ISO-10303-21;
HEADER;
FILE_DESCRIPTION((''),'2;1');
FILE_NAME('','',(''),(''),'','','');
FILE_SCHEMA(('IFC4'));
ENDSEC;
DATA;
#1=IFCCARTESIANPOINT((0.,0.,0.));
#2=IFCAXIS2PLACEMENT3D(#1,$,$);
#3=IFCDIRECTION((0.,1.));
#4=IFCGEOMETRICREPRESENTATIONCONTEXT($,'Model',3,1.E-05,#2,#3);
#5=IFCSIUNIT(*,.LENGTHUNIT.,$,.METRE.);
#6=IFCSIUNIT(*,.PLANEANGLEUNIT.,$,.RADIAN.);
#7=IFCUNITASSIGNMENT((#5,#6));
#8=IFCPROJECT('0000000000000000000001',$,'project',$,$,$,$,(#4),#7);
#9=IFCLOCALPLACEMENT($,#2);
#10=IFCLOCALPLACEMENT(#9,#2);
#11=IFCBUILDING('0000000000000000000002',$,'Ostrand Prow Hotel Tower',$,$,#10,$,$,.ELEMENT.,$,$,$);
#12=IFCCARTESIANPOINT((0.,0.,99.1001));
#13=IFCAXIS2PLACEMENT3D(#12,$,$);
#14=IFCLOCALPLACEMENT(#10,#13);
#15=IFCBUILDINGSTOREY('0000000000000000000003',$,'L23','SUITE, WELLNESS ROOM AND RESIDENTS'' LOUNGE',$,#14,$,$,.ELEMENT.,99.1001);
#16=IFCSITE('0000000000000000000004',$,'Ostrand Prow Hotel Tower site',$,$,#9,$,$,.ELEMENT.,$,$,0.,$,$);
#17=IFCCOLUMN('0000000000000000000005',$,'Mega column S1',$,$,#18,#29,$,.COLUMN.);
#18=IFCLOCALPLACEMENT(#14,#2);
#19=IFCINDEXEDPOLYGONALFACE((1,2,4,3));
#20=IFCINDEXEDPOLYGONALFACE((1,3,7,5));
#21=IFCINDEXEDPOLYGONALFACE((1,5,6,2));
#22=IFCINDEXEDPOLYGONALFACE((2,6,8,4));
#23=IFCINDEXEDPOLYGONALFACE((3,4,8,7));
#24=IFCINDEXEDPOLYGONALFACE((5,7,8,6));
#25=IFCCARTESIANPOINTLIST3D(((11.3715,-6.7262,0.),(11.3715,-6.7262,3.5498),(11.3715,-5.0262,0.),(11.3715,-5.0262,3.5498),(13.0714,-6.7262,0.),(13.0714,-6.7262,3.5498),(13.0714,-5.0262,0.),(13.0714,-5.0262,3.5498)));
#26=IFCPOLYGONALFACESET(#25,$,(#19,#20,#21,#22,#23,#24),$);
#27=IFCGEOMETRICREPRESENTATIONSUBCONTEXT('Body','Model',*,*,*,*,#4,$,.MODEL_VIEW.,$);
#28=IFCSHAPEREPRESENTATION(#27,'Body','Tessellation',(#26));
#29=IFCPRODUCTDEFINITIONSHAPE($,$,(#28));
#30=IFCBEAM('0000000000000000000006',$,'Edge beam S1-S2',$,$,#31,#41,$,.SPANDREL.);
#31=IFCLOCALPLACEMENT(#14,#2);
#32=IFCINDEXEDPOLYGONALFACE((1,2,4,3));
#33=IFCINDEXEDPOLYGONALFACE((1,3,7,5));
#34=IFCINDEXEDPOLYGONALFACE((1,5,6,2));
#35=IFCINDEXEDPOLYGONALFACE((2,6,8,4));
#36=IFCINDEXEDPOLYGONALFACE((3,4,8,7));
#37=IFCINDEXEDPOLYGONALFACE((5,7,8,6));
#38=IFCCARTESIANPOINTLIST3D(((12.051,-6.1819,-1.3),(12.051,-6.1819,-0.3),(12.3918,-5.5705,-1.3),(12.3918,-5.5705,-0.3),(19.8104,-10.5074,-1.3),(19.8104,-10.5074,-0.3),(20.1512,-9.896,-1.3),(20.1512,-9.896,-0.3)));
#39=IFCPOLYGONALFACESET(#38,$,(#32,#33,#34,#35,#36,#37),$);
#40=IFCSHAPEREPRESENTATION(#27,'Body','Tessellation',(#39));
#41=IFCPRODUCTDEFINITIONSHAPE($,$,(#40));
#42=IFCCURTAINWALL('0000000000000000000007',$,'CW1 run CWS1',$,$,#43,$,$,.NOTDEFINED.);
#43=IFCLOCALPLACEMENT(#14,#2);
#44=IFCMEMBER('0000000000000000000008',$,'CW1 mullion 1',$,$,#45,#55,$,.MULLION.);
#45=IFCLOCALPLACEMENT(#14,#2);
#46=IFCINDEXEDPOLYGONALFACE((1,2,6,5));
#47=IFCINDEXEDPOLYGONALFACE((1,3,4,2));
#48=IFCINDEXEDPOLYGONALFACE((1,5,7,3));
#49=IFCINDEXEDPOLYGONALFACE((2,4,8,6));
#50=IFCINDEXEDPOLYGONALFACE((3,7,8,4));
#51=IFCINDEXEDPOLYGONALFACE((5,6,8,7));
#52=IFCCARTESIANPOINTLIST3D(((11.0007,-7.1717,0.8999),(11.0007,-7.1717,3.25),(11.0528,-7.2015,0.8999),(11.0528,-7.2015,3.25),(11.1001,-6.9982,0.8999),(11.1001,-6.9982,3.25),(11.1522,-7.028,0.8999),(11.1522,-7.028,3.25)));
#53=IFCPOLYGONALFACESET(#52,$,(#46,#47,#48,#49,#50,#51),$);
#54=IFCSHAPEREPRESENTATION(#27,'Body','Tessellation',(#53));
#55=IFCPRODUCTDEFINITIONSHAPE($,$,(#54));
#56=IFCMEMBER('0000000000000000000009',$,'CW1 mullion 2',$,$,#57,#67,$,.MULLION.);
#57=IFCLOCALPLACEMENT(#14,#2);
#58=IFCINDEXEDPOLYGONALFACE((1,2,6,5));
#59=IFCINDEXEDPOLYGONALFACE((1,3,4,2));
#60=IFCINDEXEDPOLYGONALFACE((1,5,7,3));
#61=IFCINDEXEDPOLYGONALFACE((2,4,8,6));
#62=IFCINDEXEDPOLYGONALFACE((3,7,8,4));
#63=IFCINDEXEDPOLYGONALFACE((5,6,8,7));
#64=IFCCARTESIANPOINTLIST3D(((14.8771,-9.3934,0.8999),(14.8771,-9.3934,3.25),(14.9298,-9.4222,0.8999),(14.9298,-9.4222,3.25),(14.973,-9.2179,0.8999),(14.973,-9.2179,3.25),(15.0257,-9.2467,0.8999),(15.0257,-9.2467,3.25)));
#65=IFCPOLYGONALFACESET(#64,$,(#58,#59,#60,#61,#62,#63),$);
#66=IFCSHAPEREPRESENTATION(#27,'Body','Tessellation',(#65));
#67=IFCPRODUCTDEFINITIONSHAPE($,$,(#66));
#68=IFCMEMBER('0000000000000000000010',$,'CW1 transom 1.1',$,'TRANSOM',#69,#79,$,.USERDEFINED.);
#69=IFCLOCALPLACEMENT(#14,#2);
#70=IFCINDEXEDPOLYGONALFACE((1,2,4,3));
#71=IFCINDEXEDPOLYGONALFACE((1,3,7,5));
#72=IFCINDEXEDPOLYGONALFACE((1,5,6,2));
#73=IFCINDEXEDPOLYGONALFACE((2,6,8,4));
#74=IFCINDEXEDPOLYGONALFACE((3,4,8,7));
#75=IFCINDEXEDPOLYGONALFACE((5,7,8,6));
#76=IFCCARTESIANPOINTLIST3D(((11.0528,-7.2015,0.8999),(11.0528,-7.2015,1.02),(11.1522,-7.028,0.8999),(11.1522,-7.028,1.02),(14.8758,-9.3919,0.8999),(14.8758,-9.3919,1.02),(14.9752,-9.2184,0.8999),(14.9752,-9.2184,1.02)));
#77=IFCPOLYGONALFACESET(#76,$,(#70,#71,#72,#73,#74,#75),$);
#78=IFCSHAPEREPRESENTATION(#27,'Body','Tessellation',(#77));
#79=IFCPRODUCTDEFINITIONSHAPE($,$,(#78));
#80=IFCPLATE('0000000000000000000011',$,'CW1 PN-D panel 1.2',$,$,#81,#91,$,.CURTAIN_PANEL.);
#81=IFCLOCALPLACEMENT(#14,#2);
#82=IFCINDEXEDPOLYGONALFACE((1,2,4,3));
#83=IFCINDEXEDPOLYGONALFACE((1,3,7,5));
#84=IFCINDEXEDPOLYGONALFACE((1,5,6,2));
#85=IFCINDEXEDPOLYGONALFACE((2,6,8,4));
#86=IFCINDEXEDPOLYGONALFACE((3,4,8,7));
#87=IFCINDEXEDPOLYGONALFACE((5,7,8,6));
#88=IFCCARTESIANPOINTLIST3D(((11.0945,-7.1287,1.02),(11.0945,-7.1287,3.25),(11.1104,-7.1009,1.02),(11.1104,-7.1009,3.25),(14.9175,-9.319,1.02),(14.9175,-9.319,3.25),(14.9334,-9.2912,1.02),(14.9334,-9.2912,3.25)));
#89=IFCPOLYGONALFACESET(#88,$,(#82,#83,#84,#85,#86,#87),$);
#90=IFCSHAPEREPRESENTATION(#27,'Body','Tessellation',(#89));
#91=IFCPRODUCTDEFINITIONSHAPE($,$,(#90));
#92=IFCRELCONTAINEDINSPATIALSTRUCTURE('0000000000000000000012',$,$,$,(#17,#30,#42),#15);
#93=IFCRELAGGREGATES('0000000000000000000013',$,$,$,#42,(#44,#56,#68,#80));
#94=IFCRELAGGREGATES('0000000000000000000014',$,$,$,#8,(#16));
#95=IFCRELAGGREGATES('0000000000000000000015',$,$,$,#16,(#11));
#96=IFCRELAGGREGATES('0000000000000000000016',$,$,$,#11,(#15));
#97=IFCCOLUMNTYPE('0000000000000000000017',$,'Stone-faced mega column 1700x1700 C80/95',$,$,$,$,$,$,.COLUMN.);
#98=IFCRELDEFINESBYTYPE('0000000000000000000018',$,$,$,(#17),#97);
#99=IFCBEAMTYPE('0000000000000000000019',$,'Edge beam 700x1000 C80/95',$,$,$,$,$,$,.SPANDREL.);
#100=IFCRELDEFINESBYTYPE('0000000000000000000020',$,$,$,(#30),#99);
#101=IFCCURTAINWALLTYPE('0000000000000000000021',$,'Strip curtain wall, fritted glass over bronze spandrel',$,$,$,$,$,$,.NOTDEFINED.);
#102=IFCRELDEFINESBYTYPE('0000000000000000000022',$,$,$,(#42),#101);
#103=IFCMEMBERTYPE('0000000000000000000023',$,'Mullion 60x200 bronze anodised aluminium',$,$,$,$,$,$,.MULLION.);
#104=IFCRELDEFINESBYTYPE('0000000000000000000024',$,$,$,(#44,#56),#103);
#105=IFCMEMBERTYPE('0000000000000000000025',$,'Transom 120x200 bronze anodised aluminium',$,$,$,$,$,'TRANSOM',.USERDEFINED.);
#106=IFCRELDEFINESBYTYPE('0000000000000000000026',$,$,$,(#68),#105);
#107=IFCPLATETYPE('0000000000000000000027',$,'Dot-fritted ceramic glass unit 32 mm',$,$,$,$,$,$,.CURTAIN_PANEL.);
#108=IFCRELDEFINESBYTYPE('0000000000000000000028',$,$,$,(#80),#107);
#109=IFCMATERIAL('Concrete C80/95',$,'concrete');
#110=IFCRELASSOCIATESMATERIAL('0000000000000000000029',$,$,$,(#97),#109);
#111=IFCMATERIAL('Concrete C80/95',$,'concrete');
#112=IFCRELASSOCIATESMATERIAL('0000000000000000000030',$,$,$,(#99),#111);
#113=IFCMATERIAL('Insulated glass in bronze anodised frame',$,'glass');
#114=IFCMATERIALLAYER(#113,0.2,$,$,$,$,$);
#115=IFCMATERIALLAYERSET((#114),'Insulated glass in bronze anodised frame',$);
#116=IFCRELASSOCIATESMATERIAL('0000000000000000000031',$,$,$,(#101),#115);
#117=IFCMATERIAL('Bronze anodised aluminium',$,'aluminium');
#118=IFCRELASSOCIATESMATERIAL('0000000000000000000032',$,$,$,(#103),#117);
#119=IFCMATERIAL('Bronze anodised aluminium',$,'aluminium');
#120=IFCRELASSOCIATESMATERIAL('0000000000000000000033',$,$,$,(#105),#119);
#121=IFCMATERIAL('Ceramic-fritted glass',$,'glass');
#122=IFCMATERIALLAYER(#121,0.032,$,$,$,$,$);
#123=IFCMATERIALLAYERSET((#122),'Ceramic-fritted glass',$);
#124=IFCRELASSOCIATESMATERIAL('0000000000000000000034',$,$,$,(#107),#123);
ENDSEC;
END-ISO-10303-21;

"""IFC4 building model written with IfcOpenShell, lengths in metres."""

from ifc_helpers import new_model, si_unit, direction, frame, origin, origin_2d, place, context, subcontext, project, spatial, rectangle, extrude, material, layer, layer_set, material_profile, profile_set, type_object, element, aggregate, save


model = new_model("IFC4")

# Units and contexts
model_context = context("Model", 3, precision=1e-05, world=origin(), true_north=direction((0.0, 1.0)))
body_context = subcontext(model_context, "Body", "Model", "MODEL_VIEW")
ifc_project = project(units=[si_unit("LENGTHUNIT", "METRE"), si_unit("PLANEANGLEUNIT", "RADIAN")], contexts=[model_context])

# Site, building, storey
site_placement = place(None, origin())
site = spatial("IfcSite", under=ifc_project, at=site_placement, Name="Ostrand Prow Hotel Tower site", CompositionType="ELEMENT", RefElevation=0.0)
building_placement = place(site_placement, origin())
building = spatial("IfcBuilding", under=site, at=building_placement, Name="Ostrand Prow Hotel Tower", CompositionType="ELEMENT")
storey_placement = place(building_placement, frame((0.0, 0.0, 99.1001)))
storey = spatial("IfcBuildingStorey", under=building, at=storey_placement, Name="L23", Description="SUITE, WELLNESS ROOM AND RESIDENTS' LOUNGE", CompositionType="ELEMENT", Elevation=99.1001)

# Column
ifc_material_1 = material(Name="Concrete C80/95", Category="concrete")
ifc_material_profile_1 = material_profile(ifc_material_1, rectangle(XDim=1.7, YDim=1.7, at=origin_2d()), Name="RC 1700x1700")
ifc_profile_set_1 = profile_set([ifc_material_profile_1], Name="Concrete C80/95")
column_type = type_object("IfcColumnType", Name="Stone-faced mega column 1700x1700 C80/95", PredefinedType="COLUMN", material=ifc_profile_set_1)
column_placement = place(storey_placement, frame((12.2214, -5.8762, 0.0), z_axis=(0.0, 0.0, 1.0), x_axis=(1.0, 0.0, 0.0)))
element("IfcColumn", 1, at=column_placement, inside=storey, type_object=column_type, Name="Mega column S1", PredefinedType="COLUMN", context=body_context, shape_type="SweptSolid", body=[
    extrude(rectangle(XDim=1.7, YDim=1.7, at=origin_2d()), origin(), (0.0, 0.0, 1.0), 3.5498),
])

# Beam
ifc_material_2 = material(Name="Concrete C80/95", Category="concrete")
ifc_material_profile_2 = material_profile(ifc_material_2, rectangle(XDim=0.7, YDim=1.0, at=origin_2d()), Name="RC 700x1000")
ifc_profile_set_2 = profile_set([ifc_material_profile_2], Name="Concrete C80/95")
beam_type = type_object("IfcBeamType", Name="Edge beam 700x1000 C80/95", PredefinedType="SPANDREL", material=ifc_profile_set_2)
beam_placement = place(storey_placement, frame((12.2214, -5.8762, -0.8), z_axis=(0.873452, -0.486909, 0.0), x_axis=(0.486909, 0.873452, 0.0)))
element("IfcBeam", 2, at=beam_placement, inside=storey, type_object=beam_type, Name="Edge beam S1-S2", PredefinedType="SPANDREL", context=body_context, shape_type="SweptSolid", body=[
    extrude(rectangle(XDim=0.7, YDim=1.0, at=origin_2d()), origin(), (0.0, 0.0, 1.0), 8.8835),
])

# Curtain wall, members, plate
ifc_material_3 = material(Name="Insulated glass in bronze anodised frame", Category="glass")
ifc_layer_1 = layer(ifc_material_3, 0.2)
ifc_layer_set_1 = layer_set([ifc_layer_1], Name="Insulated glass in bronze anodised frame")
curtain_wall_type = type_object("IfcCurtainWallType", Name="Strip curtain wall, fritted glass over bronze spandrel", PredefinedType="NOTDEFINED", material=ifc_layer_set_1)
curtain_wall_placement = place(storey_placement, origin())
curtain_wall = element("IfcCurtainWall", 3, at=curtain_wall_placement, inside=storey, type_object=curtain_wall_type, Name="CW1 run CWS1", PredefinedType="NOTDEFINED")
ifc_material_4 = material(Name="Bronze anodised aluminium", Category="aluminium")
ifc_material_profile_3 = material_profile(ifc_material_4, rectangle(XDim=0.2, YDim=0.0601, at=origin_2d()), Name="Mullion 60x200 bronze anodised aluminium")
ifc_profile_set_3 = profile_set([ifc_material_profile_3], Name="Bronze anodised aluminium")
member_type_1 = type_object("IfcMemberType", Name="Mullion 60x200 bronze anodised aluminium", PredefinedType="MULLION", material=ifc_profile_set_3)
member_1_placement = place(storey_placement, frame((11.0764, -7.0999, 0.8999), z_axis=(0.0, 0.0, 1.0), x_axis=(0.497115, 0.867685, 0.0)))
member_1 = element("IfcMember", 4, at=member_1_placement, type_object=member_type_1, Name="CW1 mullion 1", PredefinedType="MULLION", context=body_context, shape_type="SweptSolid", body=[
    extrude(rectangle(XDim=0.2, YDim=0.0601, at=origin_2d()), origin(), (0.0, 0.0, 1.0), 2.3501),
])
member_2_placement = place(storey_placement, frame((14.9514, -9.3201, 0.8999), z_axis=(0.0, 0.0, 1.0), x_axis=(0.479637, 0.877467, 0.0)))
member_2 = element("IfcMember", 5, at=member_2_placement, type_object=member_type_1, Name="CW1 mullion 2", PredefinedType="MULLION", context=body_context, shape_type="SweptSolid", body=[
    extrude(rectangle(XDim=0.2, YDim=0.0601, at=origin_2d()), origin(), (0.0, 0.0, 1.0), 2.3501),
])
ifc_material_5 = material(Name="Bronze anodised aluminium", Category="aluminium")
ifc_material_profile_4 = material_profile(ifc_material_5, rectangle(XDim=0.2, YDim=0.1201, at=origin_2d()), Name="Transom 120x200 bronze anodised aluminium")
ifc_profile_set_4 = profile_set([ifc_material_profile_4], Name="Bronze anodised aluminium")
member_type_2 = type_object("IfcMemberType", Name="Transom 120x200 bronze anodised aluminium", ElementType="TRANSOM", PredefinedType="USERDEFINED", material=ifc_profile_set_4)
member_3_placement = place(storey_placement, frame((11.1025, -7.1147, 0.96), z_axis=(0.86767, -0.497141, 0.0), x_axis=(0.497141, 0.86767, 0.0)))
member_3 = element("IfcMember", 6, at=member_3_placement, type_object=member_type_2, Name="CW1 transom 1.1", ObjectType="TRANSOM", PredefinedType="USERDEFINED", context=body_context, shape_type="SweptSolid", body=[
    extrude(rectangle(XDim=0.2, YDim=0.1201, at=origin_2d()), origin(), (0.0, 0.0, 1.0), 4.406),
])
ifc_material_6 = material(Name="Ceramic-fritted glass", Category="glass")
ifc_layer_2 = layer(ifc_material_6, 0.032)
ifc_layer_set_2 = layer_set([ifc_layer_2], Name="Ceramic-fritted glass")
plate_type = type_object("IfcPlateType", Name="Dot-fritted ceramic glass unit 32 mm", PredefinedType="CURTAIN_PANEL", material=ifc_layer_set_2)
plate_placement = place(storey_placement, frame((13.0139, -8.21, 1.02), z_axis=(0.0, 0.0, 1.0), x_axis=(0.867685, -0.497115, 0.0)))
plate = element("IfcPlate", 7, at=plate_placement, type_object=plate_type, Name="CW1 PN-D panel 1.2", PredefinedType="CURTAIN_PANEL", context=body_context, shape_type="SweptSolid", body=[
    extrude(rectangle(XDim=4.406, YDim=0.032, at=origin_2d()), origin(), (0.0, 0.0, 1.0), 2.23),
])
aggregate(curtain_wall, [member_1, member_2, member_3, plate])

save(model, "model.ifc")
